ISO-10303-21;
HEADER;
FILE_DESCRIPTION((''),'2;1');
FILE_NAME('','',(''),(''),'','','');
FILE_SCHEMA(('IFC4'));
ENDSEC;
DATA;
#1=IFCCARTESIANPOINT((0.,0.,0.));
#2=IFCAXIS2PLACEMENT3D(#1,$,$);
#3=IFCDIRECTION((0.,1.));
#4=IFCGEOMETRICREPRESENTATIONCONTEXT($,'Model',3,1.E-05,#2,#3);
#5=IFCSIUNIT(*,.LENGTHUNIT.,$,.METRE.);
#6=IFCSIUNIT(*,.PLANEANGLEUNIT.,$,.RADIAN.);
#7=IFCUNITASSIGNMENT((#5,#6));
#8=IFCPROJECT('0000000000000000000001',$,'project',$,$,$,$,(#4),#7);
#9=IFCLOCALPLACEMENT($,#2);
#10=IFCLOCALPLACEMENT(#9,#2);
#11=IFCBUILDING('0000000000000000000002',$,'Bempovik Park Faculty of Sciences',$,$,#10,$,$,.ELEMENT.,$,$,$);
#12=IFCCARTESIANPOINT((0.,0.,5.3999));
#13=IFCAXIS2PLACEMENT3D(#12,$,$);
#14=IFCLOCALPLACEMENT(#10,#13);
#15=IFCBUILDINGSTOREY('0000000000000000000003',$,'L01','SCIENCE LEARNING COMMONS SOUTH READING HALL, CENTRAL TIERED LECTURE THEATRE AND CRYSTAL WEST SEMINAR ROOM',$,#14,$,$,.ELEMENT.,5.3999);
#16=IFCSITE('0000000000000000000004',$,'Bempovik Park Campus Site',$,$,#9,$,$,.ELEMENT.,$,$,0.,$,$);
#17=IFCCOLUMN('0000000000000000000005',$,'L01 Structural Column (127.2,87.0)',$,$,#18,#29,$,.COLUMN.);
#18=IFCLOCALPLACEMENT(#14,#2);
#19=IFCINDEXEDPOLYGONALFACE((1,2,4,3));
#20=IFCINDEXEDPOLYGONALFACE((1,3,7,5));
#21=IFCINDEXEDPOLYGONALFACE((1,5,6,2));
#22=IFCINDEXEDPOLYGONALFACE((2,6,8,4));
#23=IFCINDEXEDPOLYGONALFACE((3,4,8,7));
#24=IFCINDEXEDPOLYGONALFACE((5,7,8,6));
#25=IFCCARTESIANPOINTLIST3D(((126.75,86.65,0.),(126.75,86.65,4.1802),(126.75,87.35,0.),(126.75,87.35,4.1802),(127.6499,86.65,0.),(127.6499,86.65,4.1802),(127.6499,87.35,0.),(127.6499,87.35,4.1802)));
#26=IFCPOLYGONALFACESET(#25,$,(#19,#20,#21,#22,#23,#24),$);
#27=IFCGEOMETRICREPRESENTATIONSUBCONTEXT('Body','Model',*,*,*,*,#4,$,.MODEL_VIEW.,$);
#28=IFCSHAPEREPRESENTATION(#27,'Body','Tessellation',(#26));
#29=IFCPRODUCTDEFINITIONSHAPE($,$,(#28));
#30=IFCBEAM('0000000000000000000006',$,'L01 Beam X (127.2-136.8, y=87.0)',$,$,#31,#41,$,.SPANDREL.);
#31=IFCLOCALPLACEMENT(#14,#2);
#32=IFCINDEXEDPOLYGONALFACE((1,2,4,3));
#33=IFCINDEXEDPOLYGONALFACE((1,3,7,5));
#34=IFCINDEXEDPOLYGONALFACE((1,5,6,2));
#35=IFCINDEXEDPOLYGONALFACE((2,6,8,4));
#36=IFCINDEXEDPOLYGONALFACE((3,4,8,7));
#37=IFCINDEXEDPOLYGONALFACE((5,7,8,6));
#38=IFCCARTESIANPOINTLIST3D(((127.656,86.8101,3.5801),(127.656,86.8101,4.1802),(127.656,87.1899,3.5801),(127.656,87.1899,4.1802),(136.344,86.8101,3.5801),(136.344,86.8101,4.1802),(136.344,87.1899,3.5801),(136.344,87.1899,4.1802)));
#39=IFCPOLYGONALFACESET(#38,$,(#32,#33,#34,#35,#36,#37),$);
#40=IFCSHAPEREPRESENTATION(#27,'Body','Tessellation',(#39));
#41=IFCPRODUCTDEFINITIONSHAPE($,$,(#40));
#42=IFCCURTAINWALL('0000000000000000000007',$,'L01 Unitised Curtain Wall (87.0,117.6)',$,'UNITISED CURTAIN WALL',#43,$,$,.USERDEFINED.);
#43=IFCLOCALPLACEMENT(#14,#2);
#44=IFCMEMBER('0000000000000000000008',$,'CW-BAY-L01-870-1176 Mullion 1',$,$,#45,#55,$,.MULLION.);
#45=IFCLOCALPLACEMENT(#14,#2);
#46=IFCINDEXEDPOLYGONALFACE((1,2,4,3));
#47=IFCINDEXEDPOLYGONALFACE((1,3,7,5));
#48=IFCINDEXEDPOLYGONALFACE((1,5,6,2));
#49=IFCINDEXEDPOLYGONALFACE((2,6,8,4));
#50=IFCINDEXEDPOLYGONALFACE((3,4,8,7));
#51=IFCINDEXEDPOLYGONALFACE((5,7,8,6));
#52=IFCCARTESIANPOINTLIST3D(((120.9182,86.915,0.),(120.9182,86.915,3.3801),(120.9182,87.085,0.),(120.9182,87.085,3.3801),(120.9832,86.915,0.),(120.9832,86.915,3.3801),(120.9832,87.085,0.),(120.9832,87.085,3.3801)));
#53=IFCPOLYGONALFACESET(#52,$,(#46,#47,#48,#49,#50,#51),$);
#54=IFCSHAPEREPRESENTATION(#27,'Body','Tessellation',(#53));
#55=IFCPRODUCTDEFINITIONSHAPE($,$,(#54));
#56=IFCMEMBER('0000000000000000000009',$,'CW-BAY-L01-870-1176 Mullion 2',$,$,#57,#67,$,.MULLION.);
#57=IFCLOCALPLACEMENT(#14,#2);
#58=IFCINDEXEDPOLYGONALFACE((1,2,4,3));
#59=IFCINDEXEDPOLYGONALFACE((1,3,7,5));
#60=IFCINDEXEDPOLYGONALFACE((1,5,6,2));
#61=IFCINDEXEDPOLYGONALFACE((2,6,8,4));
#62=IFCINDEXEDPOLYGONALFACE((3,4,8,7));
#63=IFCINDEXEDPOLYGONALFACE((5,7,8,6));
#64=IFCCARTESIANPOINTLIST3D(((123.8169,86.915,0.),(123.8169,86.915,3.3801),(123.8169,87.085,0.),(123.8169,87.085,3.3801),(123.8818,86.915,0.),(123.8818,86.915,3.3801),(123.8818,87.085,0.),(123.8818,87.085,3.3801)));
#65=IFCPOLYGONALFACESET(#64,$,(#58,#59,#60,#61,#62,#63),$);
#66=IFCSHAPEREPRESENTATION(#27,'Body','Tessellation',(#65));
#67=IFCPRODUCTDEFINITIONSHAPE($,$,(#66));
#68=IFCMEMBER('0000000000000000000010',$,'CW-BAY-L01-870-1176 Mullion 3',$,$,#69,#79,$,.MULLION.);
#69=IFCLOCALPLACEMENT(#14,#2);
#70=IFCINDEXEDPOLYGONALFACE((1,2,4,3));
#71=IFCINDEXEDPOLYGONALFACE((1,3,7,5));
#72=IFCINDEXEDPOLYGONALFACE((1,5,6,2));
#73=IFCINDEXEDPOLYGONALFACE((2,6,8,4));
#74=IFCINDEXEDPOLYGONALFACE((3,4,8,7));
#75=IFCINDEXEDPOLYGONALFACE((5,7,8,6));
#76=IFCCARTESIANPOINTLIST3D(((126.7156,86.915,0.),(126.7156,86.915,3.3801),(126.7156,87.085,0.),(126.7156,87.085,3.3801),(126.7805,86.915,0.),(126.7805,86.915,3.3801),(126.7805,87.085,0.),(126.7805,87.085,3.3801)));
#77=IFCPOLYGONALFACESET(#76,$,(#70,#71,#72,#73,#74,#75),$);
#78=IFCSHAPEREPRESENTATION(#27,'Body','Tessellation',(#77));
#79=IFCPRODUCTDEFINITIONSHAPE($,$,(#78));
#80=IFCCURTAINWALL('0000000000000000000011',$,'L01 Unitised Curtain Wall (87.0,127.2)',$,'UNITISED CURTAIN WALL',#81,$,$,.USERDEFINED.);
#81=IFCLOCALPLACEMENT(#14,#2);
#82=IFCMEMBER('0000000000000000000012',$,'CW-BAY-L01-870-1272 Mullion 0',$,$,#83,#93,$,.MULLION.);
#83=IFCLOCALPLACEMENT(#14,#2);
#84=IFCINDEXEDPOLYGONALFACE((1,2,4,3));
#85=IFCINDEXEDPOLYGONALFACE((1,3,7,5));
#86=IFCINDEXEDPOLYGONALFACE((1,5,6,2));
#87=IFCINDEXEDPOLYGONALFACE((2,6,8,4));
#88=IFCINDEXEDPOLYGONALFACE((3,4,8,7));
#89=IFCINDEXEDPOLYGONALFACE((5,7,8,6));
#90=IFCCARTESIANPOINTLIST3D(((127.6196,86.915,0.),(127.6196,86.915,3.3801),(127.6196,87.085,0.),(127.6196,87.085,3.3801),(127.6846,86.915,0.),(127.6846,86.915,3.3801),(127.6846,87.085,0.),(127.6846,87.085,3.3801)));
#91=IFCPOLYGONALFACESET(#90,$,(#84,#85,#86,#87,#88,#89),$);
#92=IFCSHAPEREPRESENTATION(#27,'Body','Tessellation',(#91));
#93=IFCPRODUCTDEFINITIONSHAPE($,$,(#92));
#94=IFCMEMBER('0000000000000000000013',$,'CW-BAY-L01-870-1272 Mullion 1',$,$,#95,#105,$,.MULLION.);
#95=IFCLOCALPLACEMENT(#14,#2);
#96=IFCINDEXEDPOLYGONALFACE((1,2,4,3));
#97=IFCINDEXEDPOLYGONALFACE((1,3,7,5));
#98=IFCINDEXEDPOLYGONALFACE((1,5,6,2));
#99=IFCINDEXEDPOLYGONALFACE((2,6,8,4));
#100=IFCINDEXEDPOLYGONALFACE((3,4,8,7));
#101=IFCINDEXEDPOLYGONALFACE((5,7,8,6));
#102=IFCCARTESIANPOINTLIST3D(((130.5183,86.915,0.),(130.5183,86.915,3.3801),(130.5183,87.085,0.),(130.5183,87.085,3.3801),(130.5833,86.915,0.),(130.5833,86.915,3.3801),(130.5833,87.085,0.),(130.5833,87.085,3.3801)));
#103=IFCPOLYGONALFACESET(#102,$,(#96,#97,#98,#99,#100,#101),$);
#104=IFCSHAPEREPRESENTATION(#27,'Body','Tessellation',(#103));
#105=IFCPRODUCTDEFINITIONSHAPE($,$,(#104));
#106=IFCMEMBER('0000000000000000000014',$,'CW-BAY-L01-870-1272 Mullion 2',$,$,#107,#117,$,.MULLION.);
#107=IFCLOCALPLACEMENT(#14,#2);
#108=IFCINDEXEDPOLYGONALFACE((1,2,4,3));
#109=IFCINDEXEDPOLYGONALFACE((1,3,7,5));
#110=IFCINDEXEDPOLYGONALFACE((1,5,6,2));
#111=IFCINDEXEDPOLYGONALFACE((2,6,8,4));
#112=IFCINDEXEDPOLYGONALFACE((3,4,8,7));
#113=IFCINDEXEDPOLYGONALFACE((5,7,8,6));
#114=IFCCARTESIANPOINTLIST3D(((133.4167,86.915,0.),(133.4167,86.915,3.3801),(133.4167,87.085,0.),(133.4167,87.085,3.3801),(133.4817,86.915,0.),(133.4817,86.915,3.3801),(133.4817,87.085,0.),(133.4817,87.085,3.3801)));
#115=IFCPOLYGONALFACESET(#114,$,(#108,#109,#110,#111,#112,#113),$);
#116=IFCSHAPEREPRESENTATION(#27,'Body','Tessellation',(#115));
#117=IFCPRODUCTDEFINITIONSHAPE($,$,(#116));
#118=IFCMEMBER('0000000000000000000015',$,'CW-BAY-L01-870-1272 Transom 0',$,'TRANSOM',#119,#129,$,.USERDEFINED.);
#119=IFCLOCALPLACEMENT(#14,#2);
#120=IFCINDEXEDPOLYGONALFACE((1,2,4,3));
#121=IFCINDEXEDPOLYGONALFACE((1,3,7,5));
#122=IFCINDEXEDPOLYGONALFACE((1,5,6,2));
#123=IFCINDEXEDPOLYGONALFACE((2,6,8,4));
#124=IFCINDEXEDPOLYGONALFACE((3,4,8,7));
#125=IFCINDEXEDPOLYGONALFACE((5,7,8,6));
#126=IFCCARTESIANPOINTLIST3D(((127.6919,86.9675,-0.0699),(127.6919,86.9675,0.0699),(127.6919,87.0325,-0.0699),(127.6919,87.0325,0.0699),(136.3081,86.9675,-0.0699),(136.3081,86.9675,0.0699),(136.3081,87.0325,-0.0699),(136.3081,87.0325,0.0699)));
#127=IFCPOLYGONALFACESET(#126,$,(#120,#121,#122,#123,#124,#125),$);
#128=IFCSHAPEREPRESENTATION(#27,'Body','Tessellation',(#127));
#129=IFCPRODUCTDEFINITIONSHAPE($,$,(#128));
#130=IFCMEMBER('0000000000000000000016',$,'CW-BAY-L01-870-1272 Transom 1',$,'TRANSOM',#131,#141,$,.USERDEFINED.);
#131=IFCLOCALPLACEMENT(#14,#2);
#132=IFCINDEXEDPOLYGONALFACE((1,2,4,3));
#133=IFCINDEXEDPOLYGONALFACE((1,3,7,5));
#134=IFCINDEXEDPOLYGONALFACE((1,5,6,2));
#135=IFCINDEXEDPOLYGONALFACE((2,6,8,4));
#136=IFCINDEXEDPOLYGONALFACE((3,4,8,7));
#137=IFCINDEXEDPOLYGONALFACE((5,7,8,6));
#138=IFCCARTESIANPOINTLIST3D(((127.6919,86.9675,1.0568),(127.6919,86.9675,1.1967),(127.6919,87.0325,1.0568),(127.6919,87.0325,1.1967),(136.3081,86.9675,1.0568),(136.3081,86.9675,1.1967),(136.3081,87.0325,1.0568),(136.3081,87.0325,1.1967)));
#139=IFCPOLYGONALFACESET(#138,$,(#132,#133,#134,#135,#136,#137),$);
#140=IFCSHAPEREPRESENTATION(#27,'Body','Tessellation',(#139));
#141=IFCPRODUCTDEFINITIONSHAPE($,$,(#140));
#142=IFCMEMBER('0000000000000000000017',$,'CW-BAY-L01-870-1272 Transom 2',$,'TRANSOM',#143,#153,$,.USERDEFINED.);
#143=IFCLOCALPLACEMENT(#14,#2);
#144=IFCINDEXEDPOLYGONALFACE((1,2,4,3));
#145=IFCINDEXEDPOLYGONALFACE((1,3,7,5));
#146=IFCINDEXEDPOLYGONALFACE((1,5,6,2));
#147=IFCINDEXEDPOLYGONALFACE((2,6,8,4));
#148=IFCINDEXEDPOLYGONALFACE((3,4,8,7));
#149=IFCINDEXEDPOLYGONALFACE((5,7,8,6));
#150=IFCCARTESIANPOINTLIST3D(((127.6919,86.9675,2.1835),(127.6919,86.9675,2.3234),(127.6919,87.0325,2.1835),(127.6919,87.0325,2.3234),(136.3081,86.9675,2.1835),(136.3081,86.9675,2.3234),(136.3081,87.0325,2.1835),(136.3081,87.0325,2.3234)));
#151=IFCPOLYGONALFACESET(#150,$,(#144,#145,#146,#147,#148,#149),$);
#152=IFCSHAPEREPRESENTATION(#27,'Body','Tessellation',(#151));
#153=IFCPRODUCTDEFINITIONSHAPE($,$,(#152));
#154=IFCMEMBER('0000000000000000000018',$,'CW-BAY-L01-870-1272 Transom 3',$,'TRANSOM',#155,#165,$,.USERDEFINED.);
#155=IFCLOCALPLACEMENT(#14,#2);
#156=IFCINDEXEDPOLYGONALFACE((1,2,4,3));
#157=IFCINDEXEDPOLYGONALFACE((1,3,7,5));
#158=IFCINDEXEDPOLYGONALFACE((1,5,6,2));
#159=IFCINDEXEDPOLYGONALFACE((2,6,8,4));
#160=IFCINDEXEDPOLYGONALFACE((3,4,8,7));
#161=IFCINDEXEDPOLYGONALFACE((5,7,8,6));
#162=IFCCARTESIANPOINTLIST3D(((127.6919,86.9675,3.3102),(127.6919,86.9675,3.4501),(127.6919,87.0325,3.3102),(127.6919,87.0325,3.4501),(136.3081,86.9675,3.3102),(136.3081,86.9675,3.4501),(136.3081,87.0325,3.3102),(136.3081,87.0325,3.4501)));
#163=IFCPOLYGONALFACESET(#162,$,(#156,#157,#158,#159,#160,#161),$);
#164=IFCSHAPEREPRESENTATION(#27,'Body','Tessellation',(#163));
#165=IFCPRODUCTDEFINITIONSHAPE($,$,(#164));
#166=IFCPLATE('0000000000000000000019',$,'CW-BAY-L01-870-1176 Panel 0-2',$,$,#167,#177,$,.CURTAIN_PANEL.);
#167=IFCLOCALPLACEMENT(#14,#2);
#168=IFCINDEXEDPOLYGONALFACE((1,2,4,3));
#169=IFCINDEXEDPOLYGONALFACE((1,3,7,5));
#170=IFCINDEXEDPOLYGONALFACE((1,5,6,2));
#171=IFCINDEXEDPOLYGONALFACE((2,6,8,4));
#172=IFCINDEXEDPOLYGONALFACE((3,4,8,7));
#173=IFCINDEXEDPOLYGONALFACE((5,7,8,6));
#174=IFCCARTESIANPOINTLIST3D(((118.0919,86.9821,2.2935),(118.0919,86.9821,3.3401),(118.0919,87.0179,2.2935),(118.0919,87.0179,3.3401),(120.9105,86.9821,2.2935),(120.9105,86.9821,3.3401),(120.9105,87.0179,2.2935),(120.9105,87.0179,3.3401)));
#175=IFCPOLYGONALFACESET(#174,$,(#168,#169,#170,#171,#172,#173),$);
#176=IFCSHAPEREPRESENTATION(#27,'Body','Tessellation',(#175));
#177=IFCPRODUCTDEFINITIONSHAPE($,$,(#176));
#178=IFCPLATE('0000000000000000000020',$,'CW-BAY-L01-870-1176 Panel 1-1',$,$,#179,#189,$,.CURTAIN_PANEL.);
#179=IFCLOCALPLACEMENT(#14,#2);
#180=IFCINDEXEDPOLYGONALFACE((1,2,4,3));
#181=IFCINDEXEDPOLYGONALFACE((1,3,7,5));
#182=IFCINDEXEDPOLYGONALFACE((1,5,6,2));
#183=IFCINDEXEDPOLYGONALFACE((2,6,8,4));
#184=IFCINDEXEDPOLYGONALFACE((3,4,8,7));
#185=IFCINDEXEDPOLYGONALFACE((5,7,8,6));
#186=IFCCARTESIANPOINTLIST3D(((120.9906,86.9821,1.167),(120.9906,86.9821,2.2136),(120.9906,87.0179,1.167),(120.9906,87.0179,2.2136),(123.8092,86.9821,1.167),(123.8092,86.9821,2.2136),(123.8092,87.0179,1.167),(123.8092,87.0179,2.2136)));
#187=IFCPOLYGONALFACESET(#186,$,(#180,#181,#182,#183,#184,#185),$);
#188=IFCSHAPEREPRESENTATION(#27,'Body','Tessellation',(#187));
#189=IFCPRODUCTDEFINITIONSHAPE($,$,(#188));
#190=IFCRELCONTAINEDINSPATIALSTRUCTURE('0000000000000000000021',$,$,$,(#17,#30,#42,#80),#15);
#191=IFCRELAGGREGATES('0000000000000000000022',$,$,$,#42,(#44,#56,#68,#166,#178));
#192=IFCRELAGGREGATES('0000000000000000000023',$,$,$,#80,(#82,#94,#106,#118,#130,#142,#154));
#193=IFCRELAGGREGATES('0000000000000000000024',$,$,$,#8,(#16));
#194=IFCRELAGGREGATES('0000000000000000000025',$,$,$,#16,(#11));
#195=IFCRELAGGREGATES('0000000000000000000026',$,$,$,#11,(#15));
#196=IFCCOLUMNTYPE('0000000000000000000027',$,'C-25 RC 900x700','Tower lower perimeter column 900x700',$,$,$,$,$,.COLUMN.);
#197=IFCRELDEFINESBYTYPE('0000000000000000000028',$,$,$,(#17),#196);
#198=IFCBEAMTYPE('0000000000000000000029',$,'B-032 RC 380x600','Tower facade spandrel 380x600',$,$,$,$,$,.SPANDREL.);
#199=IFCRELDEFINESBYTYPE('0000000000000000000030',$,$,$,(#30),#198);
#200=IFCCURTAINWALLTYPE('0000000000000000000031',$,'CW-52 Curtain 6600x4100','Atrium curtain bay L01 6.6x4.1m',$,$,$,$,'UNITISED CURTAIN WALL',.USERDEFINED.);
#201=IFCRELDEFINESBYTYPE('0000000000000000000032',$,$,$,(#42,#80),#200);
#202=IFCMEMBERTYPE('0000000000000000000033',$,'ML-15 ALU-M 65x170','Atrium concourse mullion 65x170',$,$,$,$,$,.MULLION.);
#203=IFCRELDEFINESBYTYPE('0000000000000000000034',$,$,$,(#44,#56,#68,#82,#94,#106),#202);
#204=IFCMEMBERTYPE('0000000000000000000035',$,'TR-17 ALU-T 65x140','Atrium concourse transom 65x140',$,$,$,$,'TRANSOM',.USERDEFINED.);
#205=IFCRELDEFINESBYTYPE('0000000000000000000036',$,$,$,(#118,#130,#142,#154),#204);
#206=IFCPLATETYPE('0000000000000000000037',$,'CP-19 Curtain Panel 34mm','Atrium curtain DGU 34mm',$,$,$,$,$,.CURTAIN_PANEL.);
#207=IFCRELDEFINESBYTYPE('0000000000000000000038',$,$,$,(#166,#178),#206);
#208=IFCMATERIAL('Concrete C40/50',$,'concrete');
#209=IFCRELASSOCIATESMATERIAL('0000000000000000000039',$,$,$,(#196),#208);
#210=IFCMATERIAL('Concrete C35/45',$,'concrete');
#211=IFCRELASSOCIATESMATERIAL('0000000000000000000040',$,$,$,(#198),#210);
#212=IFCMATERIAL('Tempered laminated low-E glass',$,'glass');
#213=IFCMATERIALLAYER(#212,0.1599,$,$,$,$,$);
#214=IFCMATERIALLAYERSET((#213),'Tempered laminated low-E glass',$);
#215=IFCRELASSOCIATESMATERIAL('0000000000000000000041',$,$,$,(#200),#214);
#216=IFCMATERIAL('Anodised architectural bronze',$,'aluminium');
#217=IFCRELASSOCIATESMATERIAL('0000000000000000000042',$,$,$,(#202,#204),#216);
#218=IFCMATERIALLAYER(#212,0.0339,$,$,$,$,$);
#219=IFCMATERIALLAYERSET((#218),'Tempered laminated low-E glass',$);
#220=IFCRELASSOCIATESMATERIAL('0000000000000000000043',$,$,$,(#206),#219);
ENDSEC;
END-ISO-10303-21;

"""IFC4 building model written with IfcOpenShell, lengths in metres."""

from ifc_helpers import new_model, si_unit, direction, frame, origin, origin_2d, place, context, subcontext, project, spatial, rectangle, extrude, material, layer, layer_set, material_profile, profile_set, type_object, element, aggregate, save


model = new_model("IFC4")

# Units and contexts
model_context = context("Model", 3, precision=1e-05, world=origin(), true_north=direction((0.0, 1.0)))
body_context = subcontext(model_context, "Body", "Model", "MODEL_VIEW")
ifc_project = project(units=[si_unit("LENGTHUNIT", "METRE"), si_unit("PLANEANGLEUNIT", "RADIAN")], contexts=[model_context])

# Site, building, storey
site_placement = place(None, origin())
site = spatial("IfcSite", under=ifc_project, at=site_placement, Name="Bempovik Park Campus Site", CompositionType="ELEMENT", RefElevation=0.0)
building_placement = place(site_placement, origin())
building = spatial("IfcBuilding", under=site, at=building_placement, Name="Bempovik Park Faculty of Sciences", CompositionType="ELEMENT")
storey_placement = place(building_placement, frame((0.0, 0.0, 5.3999)))
storey = spatial("IfcBuildingStorey", under=building, at=storey_placement, Name="L01", Description="SCIENCE LEARNING COMMONS SOUTH READING HALL, CENTRAL TIERED LECTURE THEATRE AND CRYSTAL WEST SEMINAR ROOM", CompositionType="ELEMENT", Elevation=5.3999)

# Column
ifc_material_1 = material(Name="Concrete C40/50", Category="concrete")
ifc_material_profile_1 = material_profile(ifc_material_1, rectangle(XDim=0.8999, YDim=0.7, at=origin_2d()), Name="RC 900x700")
ifc_profile_set_1 = profile_set([ifc_material_profile_1], Name="Concrete C40/50")
column_type = type_object("IfcColumnType", Name="C-25 RC 900x700", Description="Tower lower perimeter column 900x700", PredefinedType="COLUMN", material=ifc_profile_set_1)
column_placement = place(storey_placement, frame((127.2, 87.0, 0.0), z_axis=(0.0, 0.0, 1.0), x_axis=(1.0, 0.0, 0.0)))
element("IfcColumn", 1, at=column_placement, inside=storey, type_object=column_type, Name="L01 Structural Column (127.2,87.0)", PredefinedType="COLUMN", context=body_context, shape_type="SweptSolid", body=[
    extrude(rectangle(XDim=0.8999, YDim=0.7, at=origin_2d()), origin(), (0.0, 0.0, 1.0), 4.1802),
])

# Beam
ifc_material_2 = material(Name="Concrete C35/45", Category="concrete")
ifc_material_profile_2 = material_profile(ifc_material_2, rectangle(XDim=0.3799, YDim=0.6001, at=origin_2d()), Name="RC 380x600")
ifc_profile_set_2 = profile_set([ifc_material_profile_2], Name="Concrete C35/45")
beam_type = type_object("IfcBeamType", Name="B-032 RC 380x600", Description="Tower facade spandrel 380x600", PredefinedType="SPANDREL", material=ifc_profile_set_2)
beam_placement = place(storey_placement, frame((127.656, 87.0, 3.8801), z_axis=(1.0, 0.0, 0.0), x_axis=(0.0, 1.0, 0.0)))
element("IfcBeam", 2, at=beam_placement, inside=storey, type_object=beam_type, Name="L01 Beam X (127.2-136.8, y=87.0)", PredefinedType="SPANDREL", context=body_context, shape_type="SweptSolid", body=[
    extrude(rectangle(XDim=0.3799, YDim=0.6001, at=origin_2d()), origin(), (0.0, 0.0, 1.0), 8.688),
])

# Curtain walls, members
ifc_material_3 = material(Name="Tempered laminated low-E glass", Category="glass")
ifc_layer_1 = layer(ifc_material_3, 0.1599)
ifc_layer_set_1 = layer_set([ifc_layer_1], Name="Tempered laminated low-E glass")
curtain_wall_type = type_object("IfcCurtainWallType", Name="CW-52 Curtain 6600x4100", Description="Atrium curtain bay L01 6.6x4.1m", ElementType="UNITISED CURTAIN WALL", PredefinedType="USERDEFINED", material=ifc_layer_set_1)
curtain_wall_1_placement = place(storey_placement, origin())
curtain_wall_1 = element("IfcCurtainWall", 3, at=curtain_wall_1_placement, inside=storey, type_object=curtain_wall_type, Name="L01 Unitised Curtain Wall (87.0,117.6)", ObjectType="UNITISED CURTAIN WALL", PredefinedType="USERDEFINED")
ifc_material_4 = material(Name="Anodised architectural bronze", Category="aluminium")
ifc_material_profile_3 = material_profile(ifc_material_4, rectangle(XDim=0.0649, YDim=0.1699, at=origin_2d()), Name="ALU-M 65x170")
ifc_profile_set_3 = profile_set([ifc_material_profile_3], Name="Anodised architectural bronze")
member_type_1 = type_object("IfcMemberType", Name="ML-15 ALU-M 65x170", Description="Atrium concourse mullion 65x170", PredefinedType="MULLION", material=ifc_profile_set_3)
member_1_placement = place(storey_placement, frame((120.9507, 87.0, 0.0), z_axis=(0.0, 0.0, 1.0), x_axis=(1.0, 0.0, 0.0)))
member_1 = element("IfcMember", 4, at=member_1_placement, type_object=member_type_1, Name="CW-BAY-L01-870-1176 Mullion 1", PredefinedType="MULLION", context=body_context, shape_type="SweptSolid", body=[
    extrude(rectangle(XDim=0.0649, YDim=0.1699, at=origin_2d()), origin(), (0.0, 0.0, 1.0), 3.3801),
])
member_2_placement = place(storey_placement, frame((123.8494, 87.0, 0.0), z_axis=(0.0, 0.0, 1.0), x_axis=(1.0, 0.0, 0.0)))
member_2 = element("IfcMember", 5, at=member_2_placement, type_object=member_type_1, Name="CW-BAY-L01-870-1176 Mullion 2", PredefinedType="MULLION", context=body_context, shape_type="SweptSolid", body=[
    extrude(rectangle(XDim=0.0649, YDim=0.1699, at=origin_2d()), origin(), (0.0, 0.0, 1.0), 3.3801),
])
member_3_placement = place(storey_placement, frame((126.748, 87.0, 0.0), z_axis=(0.0, 0.0, 1.0), x_axis=(1.0, 0.0, 0.0)))
member_3 = element("IfcMember", 6, at=member_3_placement, type_object=member_type_1, Name="CW-BAY-L01-870-1176 Mullion 3", PredefinedType="MULLION", context=body_context, shape_type="SweptSolid", body=[
    extrude(rectangle(XDim=0.0649, YDim=0.1699, at=origin_2d()), origin(), (0.0, 0.0, 1.0), 3.3801),
])
curtain_wall_2_placement = place(storey_placement, origin())
curtain_wall_2 = element("IfcCurtainWall", 7, at=curtain_wall_2_placement, inside=storey, type_object=curtain_wall_type, Name="L01 Unitised Curtain Wall (87.0,127.2)", ObjectType="UNITISED CURTAIN WALL", PredefinedType="USERDEFINED")
member_4_placement = place(storey_placement, frame((127.6521, 87.0, 0.0), z_axis=(0.0, 0.0, 1.0), x_axis=(1.0, 0.0, 0.0)))
member_4 = element("IfcMember", 8, at=member_4_placement, type_object=member_type_1, Name="CW-BAY-L01-870-1272 Mullion 0", PredefinedType="MULLION", context=body_context, shape_type="SweptSolid", body=[
    extrude(rectangle(XDim=0.0649, YDim=0.1699, at=origin_2d()), origin(), (0.0, 0.0, 1.0), 3.3801),
])
member_5_placement = place(storey_placement, frame((130.5508, 87.0, 0.0), z_axis=(0.0, 0.0, 1.0), x_axis=(1.0, 0.0, 0.0)))
member_5 = element("IfcMember", 9, at=member_5_placement, type_object=member_type_1, Name="CW-BAY-L01-870-1272 Mullion 1", PredefinedType="MULLION", context=body_context, shape_type="SweptSolid", body=[
    extrude(rectangle(XDim=0.0649, YDim=0.1699, at=origin_2d()), origin(), (0.0, 0.0, 1.0), 3.3801),
])
member_6_placement = place(storey_placement, frame((133.4492, 87.0, 0.0), z_axis=(0.0, 0.0, 1.0), x_axis=(1.0, 0.0, 0.0)))
member_6 = element("IfcMember", 10, at=member_6_placement, type_object=member_type_1, Name="CW-BAY-L01-870-1272 Mullion 2", PredefinedType="MULLION", context=body_context, shape_type="SweptSolid", body=[
    extrude(rectangle(XDim=0.0649, YDim=0.1699, at=origin_2d()), origin(), (0.0, 0.0, 1.0), 3.3801),
])
ifc_material_profile_4 = material_profile(ifc_material_4, rectangle(XDim=0.0649, YDim=0.1399, at=origin_2d()), Name="ALU-T 65x140")
ifc_profile_set_4 = profile_set([ifc_material_profile_4], Name="Anodised architectural bronze")
member_type_2 = type_object("IfcMemberType", Name="TR-17 ALU-T 65x140", Description="Atrium concourse transom 65x140", ElementType="TRANSOM", PredefinedType="USERDEFINED", material=ifc_profile_set_4)
member_7_placement = place(storey_placement, frame((127.6919, 87.0, 0.0), z_axis=(1.0, 0.0, 0.0), x_axis=(0.0, 1.0, 0.0)))
member_7 = element("IfcMember", 11, at=member_7_placement, type_object=member_type_2, Name="CW-BAY-L01-870-1272 Transom 0", ObjectType="TRANSOM", PredefinedType="USERDEFINED", context=body_context, shape_type="SweptSolid", body=[
    extrude(rectangle(XDim=0.0649, YDim=0.1399, at=origin_2d()), origin(), (0.0, 0.0, 1.0), 8.6162),
])
member_8_placement = place(storey_placement, frame((127.6919, 87.0, 1.1267), z_axis=(1.0, 0.0, 0.0), x_axis=(0.0, 1.0, 0.0)))
member_8 = element("IfcMember", 12, at=member_8_placement, type_object=member_type_2, Name="CW-BAY-L01-870-1272 Transom 1", ObjectType="TRANSOM", PredefinedType="USERDEFINED", context=body_context, shape_type="SweptSolid", body=[
    extrude(rectangle(XDim=0.0649, YDim=0.1399, at=origin_2d()), origin(), (0.0, 0.0, 1.0), 8.6162),
])
member_9_placement = place(storey_placement, frame((127.6919, 87.0, 2.2534), z_axis=(1.0, 0.0, 0.0), x_axis=(0.0, 1.0, 0.0)))
member_9 = element("IfcMember", 13, at=member_9_placement, type_object=member_type_2, Name="CW-BAY-L01-870-1272 Transom 2", ObjectType="TRANSOM", PredefinedType="USERDEFINED", context=body_context, shape_type="SweptSolid", body=[
    extrude(rectangle(XDim=0.0649, YDim=0.1399, at=origin_2d()), origin(), (0.0, 0.0, 1.0), 8.6162),
])
member_10_placement = place(storey_placement, frame((127.6919, 87.0, 3.3801), z_axis=(1.0, 0.0, 0.0), x_axis=(0.0, 1.0, 0.0)))
member_10 = element("IfcMember", 14, at=member_10_placement, type_object=member_type_2, Name="CW-BAY-L01-870-1272 Transom 3", ObjectType="TRANSOM", PredefinedType="USERDEFINED", context=body_context, shape_type="SweptSolid", body=[
    extrude(rectangle(XDim=0.0649, YDim=0.1399, at=origin_2d()), origin(), (0.0, 0.0, 1.0), 8.6162),
])

# Plates
ifc_layer_2 = layer(ifc_material_3, 0.0339)
ifc_layer_set_2 = layer_set([ifc_layer_2], Name="Tempered laminated low-E glass")
plate_type_1 = type_object("IfcPlateType", Name="CP-19 Curtain Panel 34mm", Description="Atrium curtain DGU 34mm", PredefinedType="CURTAIN_PANEL", material=ifc_layer_set_2)
plate_1_placement = place(storey_placement, frame((119.5012, 87.0, 2.2935), z_axis=(0.0, 0.0, 1.0), x_axis=(1.0, 0.0, 0.0)))
plate_1 = element("IfcPlate", 15, at=plate_1_placement, type_object=plate_type_1, Name="CW-BAY-L01-870-1176 Panel 0-2", PredefinedType="CURTAIN_PANEL", context=body_context, shape_type="SweptSolid", body=[
    extrude(rectangle(XDim=2.8186, YDim=0.0359, at=origin_2d()), origin(), (0.0, 0.0, 1.0), 1.0466),
])
plate_2_placement = place(storey_placement, frame((122.3999, 87.0, 1.167), z_axis=(0.0, 0.0, 1.0), x_axis=(1.0, 0.0, 0.0)))
plate_2 = element("IfcPlate", 16, at=plate_2_placement, type_object=plate_type_1, Name="CW-BAY-L01-870-1176 Panel 1-1", PredefinedType="CURTAIN_PANEL", context=body_context, shape_type="SweptSolid", body=[
    extrude(rectangle(XDim=2.8186, YDim=0.0359, at=origin_2d()), origin(), (0.0, 0.0, 1.0), 1.0466),
])
aggregate(curtain_wall_1, [member_1, member_2, member_3, plate_1, plate_2])
aggregate(curtain_wall_2, [member_4, member_5, member_6, member_7, member_8, member_9, member_10])

save(model, "model.ifc")
